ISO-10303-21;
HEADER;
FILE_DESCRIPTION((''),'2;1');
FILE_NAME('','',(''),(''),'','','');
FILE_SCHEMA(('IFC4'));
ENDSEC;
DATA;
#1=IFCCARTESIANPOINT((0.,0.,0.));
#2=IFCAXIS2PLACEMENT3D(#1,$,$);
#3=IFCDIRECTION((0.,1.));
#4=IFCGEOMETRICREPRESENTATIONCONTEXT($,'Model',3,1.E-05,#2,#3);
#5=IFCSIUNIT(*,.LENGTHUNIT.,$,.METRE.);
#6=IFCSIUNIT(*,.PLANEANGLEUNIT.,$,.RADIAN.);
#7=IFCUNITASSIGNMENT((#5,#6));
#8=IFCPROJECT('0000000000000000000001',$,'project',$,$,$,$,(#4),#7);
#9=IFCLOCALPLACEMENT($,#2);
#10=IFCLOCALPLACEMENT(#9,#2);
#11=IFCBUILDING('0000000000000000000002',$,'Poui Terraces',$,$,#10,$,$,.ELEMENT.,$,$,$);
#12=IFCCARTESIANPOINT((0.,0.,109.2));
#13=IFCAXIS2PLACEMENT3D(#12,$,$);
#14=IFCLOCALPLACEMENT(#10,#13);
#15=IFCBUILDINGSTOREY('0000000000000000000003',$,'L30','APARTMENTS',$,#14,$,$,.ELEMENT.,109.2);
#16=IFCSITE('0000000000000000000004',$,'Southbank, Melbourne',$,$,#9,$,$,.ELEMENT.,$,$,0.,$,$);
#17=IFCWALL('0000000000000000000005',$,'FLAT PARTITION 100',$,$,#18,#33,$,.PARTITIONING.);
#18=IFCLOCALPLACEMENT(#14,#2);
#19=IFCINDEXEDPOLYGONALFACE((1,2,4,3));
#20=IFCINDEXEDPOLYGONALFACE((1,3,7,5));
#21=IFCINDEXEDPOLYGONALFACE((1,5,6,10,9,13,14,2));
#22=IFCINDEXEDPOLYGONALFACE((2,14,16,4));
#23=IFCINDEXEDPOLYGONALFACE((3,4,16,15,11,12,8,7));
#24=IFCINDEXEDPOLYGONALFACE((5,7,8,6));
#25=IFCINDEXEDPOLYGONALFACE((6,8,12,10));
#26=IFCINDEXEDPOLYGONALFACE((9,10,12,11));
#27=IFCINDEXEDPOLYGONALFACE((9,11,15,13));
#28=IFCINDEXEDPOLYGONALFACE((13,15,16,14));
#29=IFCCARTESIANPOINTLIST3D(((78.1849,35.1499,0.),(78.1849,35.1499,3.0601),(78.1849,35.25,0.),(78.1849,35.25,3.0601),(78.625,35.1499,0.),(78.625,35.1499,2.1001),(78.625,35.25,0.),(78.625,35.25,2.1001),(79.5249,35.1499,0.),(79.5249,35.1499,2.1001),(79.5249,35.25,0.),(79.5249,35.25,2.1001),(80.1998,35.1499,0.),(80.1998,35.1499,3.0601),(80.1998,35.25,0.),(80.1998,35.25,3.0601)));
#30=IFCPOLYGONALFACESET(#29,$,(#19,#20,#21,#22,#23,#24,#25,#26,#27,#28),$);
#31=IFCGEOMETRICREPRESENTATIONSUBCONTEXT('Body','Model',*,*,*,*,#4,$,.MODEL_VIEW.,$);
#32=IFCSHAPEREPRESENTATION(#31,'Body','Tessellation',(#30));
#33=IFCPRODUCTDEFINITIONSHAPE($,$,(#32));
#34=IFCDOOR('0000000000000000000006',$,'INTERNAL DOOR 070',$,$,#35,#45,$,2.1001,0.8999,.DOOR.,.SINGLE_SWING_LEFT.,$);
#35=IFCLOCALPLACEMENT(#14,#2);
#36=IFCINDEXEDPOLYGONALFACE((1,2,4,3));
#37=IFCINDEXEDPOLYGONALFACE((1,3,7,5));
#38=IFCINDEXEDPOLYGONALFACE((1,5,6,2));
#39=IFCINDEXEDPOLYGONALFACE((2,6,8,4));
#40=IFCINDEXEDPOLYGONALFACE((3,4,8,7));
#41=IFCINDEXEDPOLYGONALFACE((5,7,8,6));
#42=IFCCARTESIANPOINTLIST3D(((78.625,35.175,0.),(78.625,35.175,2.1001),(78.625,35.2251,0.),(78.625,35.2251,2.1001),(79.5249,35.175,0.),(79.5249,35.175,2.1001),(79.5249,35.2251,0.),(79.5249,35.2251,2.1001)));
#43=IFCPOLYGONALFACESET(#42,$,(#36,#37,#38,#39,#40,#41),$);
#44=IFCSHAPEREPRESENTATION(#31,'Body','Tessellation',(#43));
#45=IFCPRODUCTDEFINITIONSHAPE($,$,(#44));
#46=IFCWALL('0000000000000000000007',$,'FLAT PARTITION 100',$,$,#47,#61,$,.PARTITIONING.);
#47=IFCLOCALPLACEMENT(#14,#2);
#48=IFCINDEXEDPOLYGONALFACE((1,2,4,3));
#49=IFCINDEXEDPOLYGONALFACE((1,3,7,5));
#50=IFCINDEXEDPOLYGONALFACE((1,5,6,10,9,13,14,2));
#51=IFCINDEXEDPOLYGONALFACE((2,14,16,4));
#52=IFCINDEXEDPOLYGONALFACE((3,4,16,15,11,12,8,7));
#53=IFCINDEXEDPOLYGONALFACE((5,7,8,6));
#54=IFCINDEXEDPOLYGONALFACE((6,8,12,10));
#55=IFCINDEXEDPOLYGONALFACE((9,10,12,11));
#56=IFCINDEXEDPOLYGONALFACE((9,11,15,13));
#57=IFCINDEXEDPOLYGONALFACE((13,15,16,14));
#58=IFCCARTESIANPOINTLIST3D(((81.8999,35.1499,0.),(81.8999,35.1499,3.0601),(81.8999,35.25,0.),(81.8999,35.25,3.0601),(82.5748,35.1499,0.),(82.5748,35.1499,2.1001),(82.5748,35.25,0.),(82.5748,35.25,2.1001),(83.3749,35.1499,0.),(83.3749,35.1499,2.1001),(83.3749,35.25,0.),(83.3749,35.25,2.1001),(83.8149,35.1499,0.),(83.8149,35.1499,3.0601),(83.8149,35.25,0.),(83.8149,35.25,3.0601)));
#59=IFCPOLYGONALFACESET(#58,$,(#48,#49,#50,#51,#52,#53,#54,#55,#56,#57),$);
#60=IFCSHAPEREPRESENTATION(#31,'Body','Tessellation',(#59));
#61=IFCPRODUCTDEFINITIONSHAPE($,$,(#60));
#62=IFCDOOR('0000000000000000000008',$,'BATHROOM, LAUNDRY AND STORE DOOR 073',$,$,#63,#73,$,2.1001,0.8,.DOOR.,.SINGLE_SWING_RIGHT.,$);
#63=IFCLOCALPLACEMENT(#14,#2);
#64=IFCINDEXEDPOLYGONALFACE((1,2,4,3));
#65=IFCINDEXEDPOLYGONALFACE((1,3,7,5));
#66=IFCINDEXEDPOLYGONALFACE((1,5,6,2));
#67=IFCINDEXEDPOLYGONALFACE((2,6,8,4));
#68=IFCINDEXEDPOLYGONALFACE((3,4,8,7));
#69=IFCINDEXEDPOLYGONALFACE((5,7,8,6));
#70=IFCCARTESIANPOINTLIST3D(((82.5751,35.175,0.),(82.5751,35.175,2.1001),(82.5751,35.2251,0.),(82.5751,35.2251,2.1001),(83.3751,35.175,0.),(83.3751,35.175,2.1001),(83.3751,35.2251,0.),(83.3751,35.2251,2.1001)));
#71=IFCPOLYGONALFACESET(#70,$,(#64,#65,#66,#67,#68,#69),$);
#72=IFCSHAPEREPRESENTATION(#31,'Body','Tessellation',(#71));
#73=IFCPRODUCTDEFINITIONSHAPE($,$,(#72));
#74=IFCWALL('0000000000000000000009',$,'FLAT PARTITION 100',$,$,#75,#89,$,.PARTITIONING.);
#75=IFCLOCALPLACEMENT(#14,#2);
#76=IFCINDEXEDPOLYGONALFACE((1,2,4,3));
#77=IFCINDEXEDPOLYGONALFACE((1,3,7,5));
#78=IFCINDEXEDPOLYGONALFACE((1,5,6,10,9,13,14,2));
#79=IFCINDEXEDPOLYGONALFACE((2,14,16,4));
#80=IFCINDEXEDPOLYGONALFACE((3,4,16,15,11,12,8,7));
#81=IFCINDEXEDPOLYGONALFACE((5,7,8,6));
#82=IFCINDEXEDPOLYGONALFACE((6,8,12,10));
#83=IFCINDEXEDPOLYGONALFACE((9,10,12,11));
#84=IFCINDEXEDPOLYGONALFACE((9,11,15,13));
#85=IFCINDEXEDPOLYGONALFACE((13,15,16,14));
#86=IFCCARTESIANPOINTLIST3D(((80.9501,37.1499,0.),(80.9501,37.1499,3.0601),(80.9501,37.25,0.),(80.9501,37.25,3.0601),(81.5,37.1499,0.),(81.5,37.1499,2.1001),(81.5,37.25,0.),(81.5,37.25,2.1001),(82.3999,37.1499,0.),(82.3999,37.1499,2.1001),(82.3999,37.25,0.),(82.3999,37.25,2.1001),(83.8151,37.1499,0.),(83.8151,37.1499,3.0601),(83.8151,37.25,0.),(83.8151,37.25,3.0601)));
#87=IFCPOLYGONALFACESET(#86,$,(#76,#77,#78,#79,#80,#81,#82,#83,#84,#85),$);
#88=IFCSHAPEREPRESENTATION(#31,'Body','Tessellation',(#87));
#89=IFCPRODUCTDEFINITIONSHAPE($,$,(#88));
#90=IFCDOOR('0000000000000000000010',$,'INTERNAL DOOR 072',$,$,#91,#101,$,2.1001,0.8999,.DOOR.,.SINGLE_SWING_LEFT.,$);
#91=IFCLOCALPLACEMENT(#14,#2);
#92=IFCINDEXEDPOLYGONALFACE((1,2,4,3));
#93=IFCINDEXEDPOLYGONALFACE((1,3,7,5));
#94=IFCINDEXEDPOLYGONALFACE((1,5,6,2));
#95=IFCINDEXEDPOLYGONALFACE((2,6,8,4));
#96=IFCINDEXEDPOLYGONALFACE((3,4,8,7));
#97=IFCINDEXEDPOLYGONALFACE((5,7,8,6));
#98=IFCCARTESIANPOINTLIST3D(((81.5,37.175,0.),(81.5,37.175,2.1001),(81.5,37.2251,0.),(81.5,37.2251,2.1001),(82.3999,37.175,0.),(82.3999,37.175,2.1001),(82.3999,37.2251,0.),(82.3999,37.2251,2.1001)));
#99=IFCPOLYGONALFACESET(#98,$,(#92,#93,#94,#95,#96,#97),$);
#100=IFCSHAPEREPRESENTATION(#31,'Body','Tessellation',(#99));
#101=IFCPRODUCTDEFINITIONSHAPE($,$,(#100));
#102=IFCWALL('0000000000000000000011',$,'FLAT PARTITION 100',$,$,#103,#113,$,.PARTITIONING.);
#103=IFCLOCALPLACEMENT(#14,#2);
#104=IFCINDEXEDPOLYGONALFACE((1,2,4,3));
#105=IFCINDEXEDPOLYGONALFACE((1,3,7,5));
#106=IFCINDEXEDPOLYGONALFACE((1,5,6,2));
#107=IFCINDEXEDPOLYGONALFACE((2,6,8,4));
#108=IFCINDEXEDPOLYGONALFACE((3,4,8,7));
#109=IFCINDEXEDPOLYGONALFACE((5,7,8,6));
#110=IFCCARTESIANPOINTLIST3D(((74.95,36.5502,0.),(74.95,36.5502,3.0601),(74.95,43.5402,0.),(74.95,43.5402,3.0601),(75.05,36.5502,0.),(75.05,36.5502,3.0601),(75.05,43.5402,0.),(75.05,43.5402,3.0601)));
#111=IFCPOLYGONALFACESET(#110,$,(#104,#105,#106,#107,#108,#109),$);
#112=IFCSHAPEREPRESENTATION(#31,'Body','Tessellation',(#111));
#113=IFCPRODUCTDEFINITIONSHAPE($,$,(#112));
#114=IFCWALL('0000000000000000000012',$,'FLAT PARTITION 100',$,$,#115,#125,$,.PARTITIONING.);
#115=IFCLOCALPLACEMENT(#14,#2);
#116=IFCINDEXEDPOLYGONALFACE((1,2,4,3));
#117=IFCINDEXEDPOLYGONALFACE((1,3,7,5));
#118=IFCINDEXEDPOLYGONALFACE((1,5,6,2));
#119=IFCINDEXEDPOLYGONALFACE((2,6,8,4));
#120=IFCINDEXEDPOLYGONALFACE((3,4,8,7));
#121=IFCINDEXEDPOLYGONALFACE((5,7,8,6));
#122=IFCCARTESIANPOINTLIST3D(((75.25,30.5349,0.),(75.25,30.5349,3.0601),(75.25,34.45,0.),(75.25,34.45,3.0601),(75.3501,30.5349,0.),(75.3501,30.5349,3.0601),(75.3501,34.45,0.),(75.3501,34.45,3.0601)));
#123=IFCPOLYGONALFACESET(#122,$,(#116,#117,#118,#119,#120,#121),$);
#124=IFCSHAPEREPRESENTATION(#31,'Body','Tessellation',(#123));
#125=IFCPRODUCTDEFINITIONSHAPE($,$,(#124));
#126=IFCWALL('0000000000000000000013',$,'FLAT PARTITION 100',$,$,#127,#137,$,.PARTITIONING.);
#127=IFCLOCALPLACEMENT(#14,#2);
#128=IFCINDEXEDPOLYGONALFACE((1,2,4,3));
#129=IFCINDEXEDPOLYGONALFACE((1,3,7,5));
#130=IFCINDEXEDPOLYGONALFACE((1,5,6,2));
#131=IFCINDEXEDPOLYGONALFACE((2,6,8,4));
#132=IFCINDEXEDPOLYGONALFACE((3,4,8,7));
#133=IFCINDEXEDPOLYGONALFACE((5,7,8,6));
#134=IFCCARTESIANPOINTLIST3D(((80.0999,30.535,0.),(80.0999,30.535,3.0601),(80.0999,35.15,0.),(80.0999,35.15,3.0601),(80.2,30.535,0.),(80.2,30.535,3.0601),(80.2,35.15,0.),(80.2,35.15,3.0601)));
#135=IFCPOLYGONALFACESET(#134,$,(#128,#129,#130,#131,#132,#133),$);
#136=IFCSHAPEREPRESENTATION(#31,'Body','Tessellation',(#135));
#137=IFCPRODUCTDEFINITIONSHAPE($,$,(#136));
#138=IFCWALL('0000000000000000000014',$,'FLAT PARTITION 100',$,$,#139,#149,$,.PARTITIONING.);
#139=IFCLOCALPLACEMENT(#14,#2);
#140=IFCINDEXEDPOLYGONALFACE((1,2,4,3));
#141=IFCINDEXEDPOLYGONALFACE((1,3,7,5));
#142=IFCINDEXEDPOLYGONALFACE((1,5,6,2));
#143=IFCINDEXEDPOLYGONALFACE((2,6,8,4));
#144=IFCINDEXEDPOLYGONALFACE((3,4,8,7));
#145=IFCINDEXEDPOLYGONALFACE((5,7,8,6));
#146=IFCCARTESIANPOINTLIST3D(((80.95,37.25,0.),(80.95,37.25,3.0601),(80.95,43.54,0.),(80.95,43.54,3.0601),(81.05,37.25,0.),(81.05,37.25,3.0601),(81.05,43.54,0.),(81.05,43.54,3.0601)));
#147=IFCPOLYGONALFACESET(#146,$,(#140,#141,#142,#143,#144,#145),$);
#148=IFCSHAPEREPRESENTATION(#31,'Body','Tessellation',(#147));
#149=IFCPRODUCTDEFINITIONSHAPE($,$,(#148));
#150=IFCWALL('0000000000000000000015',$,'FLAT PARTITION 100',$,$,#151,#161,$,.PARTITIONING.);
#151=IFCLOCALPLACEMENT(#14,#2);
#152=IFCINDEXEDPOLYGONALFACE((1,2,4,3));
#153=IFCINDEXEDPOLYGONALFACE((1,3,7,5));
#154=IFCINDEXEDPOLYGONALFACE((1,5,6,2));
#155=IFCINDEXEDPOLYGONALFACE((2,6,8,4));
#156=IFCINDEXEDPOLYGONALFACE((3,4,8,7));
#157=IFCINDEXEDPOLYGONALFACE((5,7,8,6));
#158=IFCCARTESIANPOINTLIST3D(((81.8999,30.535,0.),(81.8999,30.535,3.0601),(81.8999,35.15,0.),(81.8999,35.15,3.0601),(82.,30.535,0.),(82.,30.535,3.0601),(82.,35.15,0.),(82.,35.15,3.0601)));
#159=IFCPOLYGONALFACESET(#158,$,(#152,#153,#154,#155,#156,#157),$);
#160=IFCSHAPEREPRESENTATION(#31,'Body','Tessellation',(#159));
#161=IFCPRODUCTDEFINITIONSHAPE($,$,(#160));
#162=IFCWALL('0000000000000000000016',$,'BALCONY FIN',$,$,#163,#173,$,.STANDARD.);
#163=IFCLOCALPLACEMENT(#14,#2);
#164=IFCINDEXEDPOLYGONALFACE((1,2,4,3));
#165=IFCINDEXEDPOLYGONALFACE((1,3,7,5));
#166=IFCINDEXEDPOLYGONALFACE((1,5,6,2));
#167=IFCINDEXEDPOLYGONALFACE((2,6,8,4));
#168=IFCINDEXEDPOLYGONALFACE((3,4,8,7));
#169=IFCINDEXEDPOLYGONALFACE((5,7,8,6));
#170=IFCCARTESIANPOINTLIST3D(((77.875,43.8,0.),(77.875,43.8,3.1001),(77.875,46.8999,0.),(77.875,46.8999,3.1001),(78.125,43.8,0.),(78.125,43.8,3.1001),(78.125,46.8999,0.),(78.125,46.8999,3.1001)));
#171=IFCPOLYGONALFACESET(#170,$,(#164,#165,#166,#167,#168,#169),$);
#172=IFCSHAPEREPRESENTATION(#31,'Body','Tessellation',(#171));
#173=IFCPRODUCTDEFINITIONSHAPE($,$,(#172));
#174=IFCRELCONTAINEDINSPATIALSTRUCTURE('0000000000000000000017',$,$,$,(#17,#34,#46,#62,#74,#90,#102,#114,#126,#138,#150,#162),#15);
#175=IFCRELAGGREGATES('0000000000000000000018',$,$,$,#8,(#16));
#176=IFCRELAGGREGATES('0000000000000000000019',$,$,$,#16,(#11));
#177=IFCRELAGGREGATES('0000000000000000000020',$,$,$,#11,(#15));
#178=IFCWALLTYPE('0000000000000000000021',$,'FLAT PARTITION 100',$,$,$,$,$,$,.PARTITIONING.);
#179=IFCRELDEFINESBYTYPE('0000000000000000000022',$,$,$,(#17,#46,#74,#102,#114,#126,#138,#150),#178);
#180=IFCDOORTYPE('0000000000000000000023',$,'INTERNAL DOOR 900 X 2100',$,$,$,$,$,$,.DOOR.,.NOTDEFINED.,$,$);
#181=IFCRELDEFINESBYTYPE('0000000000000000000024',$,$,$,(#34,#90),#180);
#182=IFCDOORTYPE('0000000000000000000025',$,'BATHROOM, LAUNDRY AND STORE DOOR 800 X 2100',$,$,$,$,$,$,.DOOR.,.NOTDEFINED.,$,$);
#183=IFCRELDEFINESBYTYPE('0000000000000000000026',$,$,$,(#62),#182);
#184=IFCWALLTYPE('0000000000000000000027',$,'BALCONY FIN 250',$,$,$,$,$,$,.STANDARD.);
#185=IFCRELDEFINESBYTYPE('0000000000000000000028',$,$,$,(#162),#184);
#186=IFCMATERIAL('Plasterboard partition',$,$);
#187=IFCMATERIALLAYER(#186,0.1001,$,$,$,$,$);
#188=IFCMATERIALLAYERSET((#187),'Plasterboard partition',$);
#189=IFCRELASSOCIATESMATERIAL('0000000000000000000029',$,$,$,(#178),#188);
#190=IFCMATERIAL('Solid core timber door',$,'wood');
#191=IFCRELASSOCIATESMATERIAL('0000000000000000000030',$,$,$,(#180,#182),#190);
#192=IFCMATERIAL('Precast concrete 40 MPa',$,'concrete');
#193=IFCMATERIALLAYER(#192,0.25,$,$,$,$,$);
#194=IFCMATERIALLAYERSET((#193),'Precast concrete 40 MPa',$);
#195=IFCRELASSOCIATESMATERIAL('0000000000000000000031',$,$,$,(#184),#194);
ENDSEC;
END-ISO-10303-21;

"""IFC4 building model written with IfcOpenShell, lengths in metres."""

from ifc_helpers import new_model, si_unit, direction, frame, frame_2d, origin, place, context, subcontext, project, spatial, polyline, rectangle, outline, extrude, source, transform, mapped, material, layer, layer_set, type_object, element, fill, save


model = new_model("IFC4")

# Units and contexts
model_context = context("Model", 3, precision=1e-05, world=origin(), true_north=direction((0.0, 1.0)))
body_context = subcontext(model_context, "Body", "Model", "MODEL_VIEW")
ifc_project = project(units=[si_unit("LENGTHUNIT", "METRE"), si_unit("PLANEANGLEUNIT", "RADIAN")], contexts=[model_context])

# Site, building, storey
site_placement = place(None, origin())
site = spatial("IfcSite", under=ifc_project, at=site_placement, Name="Southbank, Melbourne", CompositionType="ELEMENT", RefElevation=0.0)
building_placement = place(site_placement, origin())
building = spatial("IfcBuilding", under=site, at=building_placement, Name="Poui Terraces", CompositionType="ELEMENT")
storey_placement = place(building_placement, frame((0.0, 0.0, 109.2)))
storey = spatial("IfcBuildingStorey", under=building, at=storey_placement, Name="L30", Description="APARTMENTS", CompositionType="ELEMENT", Elevation=109.2)

# Walls, openings, doors
ifc_material_1 = material(Name="Plasterboard partition")
ifc_layer_1 = layer(ifc_material_1, 0.1001)
ifc_layer_set_1 = layer_set([ifc_layer_1], Name="Plasterboard partition")
wall_type_1 = type_object("IfcWallType", Name="FLAT PARTITION 100", PredefinedType="PARTITIONING", material=ifc_layer_set_1)
wall_1_placement = place(storey_placement, frame((78.1851, 35.2, 0.0), z_axis=(0.0, 0.0, 1.0), x_axis=(1.0, 0.0, 0.0)))
wall_1 = element("IfcWall", 1, at=wall_1_placement, inside=storey, type_object=wall_type_1, Name="FLAT PARTITION 100", PredefinedType="PARTITIONING", context=body_context, shape_type="SweptSolid", body=[
    extrude(rectangle(XDim=2.0149, YDim=0.1001, at=frame_2d((1.0073, 0.0))), origin(), (0.0, 0.0, 1.0), 3.0601),
])
opening_1_placement = place(wall_1_placement, frame((0.4399, 0.0, 0.0)))
opening_1 = element("IfcOpeningElement", 2, at=opening_1_placement, cuts=wall_1, PredefinedType="OPENING", context=body_context, shape_type="SweptSolid", body=[
    extrude(rectangle(XDim=0.8999, YDim=2.1001, at=frame_2d((0.45, 1.05))), frame((0.0, 0.0601, 0.0), z_axis=(0.0, -1.0, 0.0), x_axis=(1.0, 0.0, 0.0)), (0.0, 0.0, 1.0), 0.1201),
])
ifc_material_2 = material(Name="Solid core timber door", Category="wood")
door_type_1 = type_object("IfcDoorType", Name="INTERNAL DOOR 900 X 2100", OperationType="NOTDEFINED", PredefinedType="DOOR", material=ifc_material_2)
door_1_placement = place(opening_1_placement, frame((0.8999, 0.0, 0.0), z_axis=(0.0, 0.0, 1.0), x_axis=(-1.0, 0.0, 0.0)))
door_1 = element("IfcDoor", 3, at=door_1_placement, inside=storey, type_object=door_type_1, Name="INTERNAL DOOR 070", OperationType="SINGLE_SWING_LEFT", OverallHeight=2.1001, OverallWidth=0.8999, PredefinedType="DOOR", context=body_context, shape_type="SweptSolid", body=[
    extrude(rectangle(XDim=0.8999, YDim=2.1001, at=frame_2d((0.45, 1.05))), frame((0.0, 0.0249, 0.0), z_axis=(0.0, -1.0, 0.0), x_axis=(1.0, 0.0, 0.0)), (0.0, 0.0, 1.0), 0.05),
])
fill(opening_1, door_1)
wall_2_placement = place(storey_placement, frame((81.8999, 35.2, 0.0), z_axis=(0.0, 0.0, 1.0), x_axis=(1.0, 0.0, 0.0)))
wall_2 = element("IfcWall", 4, at=wall_2_placement, inside=storey, type_object=wall_type_1, Name="FLAT PARTITION 100", PredefinedType="PARTITIONING", context=body_context, shape_type="SweptSolid", body=[
    extrude(rectangle(XDim=1.915, YDim=0.1001, at=frame_2d((0.9575, 0.0))), origin(), (0.0, 0.0, 1.0), 3.0601),
])
opening_2_placement = place(wall_2_placement, frame((0.675, 0.0, 0.0)))
opening_2 = element("IfcOpeningElement", 5, at=opening_2_placement, cuts=wall_2, PredefinedType="OPENING", context=body_context, shape_type="SweptSolid", body=[
    extrude(rectangle(XDim=0.8, YDim=2.1001, at=frame_2d((0.3999, 1.05))), frame((0.0, 0.0601, 0.0), z_axis=(0.0, -1.0, 0.0), x_axis=(1.0, 0.0, 0.0)), (0.0, 0.0, 1.0), 0.1201),
])
door_type_2 = type_object("IfcDoorType", Name="BATHROOM, LAUNDRY AND STORE DOOR 800 X 2100", OperationType="NOTDEFINED", PredefinedType="DOOR", material=ifc_material_2)
door_2_placement = place(opening_2_placement, frame((0.8, 0.0, 0.0), z_axis=(0.0, 0.0, 1.0), x_axis=(-1.0, 0.0, 0.0)))
door_2 = element("IfcDoor", 6, at=door_2_placement, inside=storey, type_object=door_type_2, Name="BATHROOM, LAUNDRY AND STORE DOOR 073", OperationType="SINGLE_SWING_RIGHT", OverallHeight=2.1001, OverallWidth=0.8, PredefinedType="DOOR", context=body_context, shape_type="SweptSolid", body=[
    extrude(rectangle(XDim=0.8, YDim=2.1001, at=frame_2d((0.3999, 1.05))), frame((0.0, 0.0249, 0.0), z_axis=(0.0, -1.0, 0.0), x_axis=(1.0, 0.0, 0.0)), (0.0, 0.0, 1.0), 0.05),
])
fill(opening_2, door_2)
wall_3_placement = place(storey_placement, frame((80.95, 37.2, 0.0), z_axis=(0.0, 0.0, 1.0), x_axis=(1.0, 0.0, 0.0)))
wall_3 = element("IfcWall", 7, at=wall_3_placement, inside=storey, type_object=wall_type_1, Name="FLAT PARTITION 100", PredefinedType="PARTITIONING", context=body_context, shape_type="SweptSolid", body=[
    extrude(rectangle(XDim=2.865, YDim=0.1001, at=frame_2d((1.4326, 0.0))), origin(), (0.0, 0.0, 1.0), 3.0601),
])
opening_3_placement = place(wall_3_placement, frame((0.55, 0.0, 0.0)))
opening_3 = element("IfcOpeningElement", 8, at=opening_3_placement, cuts=wall_3, PredefinedType="OPENING", context=body_context, shape_type="SweptSolid", body=[
    extrude(rectangle(XDim=0.8999, YDim=2.1001, at=frame_2d((0.45, 1.05))), frame((0.0, 0.0601, 0.0), z_axis=(0.0, -1.0, 0.0), x_axis=(1.0, 0.0, 0.0)), (0.0, 0.0, 1.0), 0.1201),
])
door_3_placement = place(opening_3_placement, frame((0.8999, 0.0, 0.0), z_axis=(0.0, 0.0, 1.0), x_axis=(-1.0, 0.0, 0.0)))
door_3 = element("IfcDoor", 9, at=door_3_placement, inside=storey, type_object=door_type_1, Name="INTERNAL DOOR 072", OperationType="SINGLE_SWING_LEFT", OverallHeight=2.1001, OverallWidth=0.8999, PredefinedType="DOOR", context=body_context, shape_type="SweptSolid", body=[
    extrude(rectangle(XDim=0.8999, YDim=2.1001, at=frame_2d((0.45, 1.05))), frame((0.0, 0.0249, 0.0), z_axis=(0.0, -1.0, 0.0), x_axis=(1.0, 0.0, 0.0)), (0.0, 0.0, 1.0), 0.05),
])
fill(opening_3, door_3)

# Walls
wall_4_placement = place(storey_placement, frame((75.0, 36.55, 0.0), z_axis=(0.0, 0.0, 1.0), x_axis=(0.0, 1.0, 0.0)))
element("IfcWall", 10, at=wall_4_placement, inside=storey, type_object=wall_type_1, Name="FLAT PARTITION 100", PredefinedType="PARTITIONING", context=body_context, shape_type="SweptSolid", body=[
    extrude(rectangle(XDim=6.99, YDim=0.1001, at=frame_2d((3.4951, 0.0))), origin(), (0.0, 0.0, 1.0), 3.0601),
])
wall_5_placement = place(storey_placement, frame((75.3, 30.5349, 0.0), z_axis=(0.0, 0.0, 1.0), x_axis=(0.0, 1.0, 0.0)))
element("IfcWall", 11, at=wall_5_placement, inside=storey, type_object=wall_type_1, Name="FLAT PARTITION 100", PredefinedType="PARTITIONING", context=body_context, shape_type="SweptSolid", body=[
    extrude(rectangle(XDim=3.915, YDim=0.1001, at=frame_2d((1.9575, 0.0))), origin(), (0.0, 0.0, 1.0), 3.0601),
])
wall_6_placement = place(storey_placement, frame((80.1499, 30.5349, 0.0), z_axis=(0.0, 0.0, 1.0), x_axis=(0.0, 1.0, 0.0)))
element("IfcWall", 12, at=wall_6_placement, inside=storey, type_object=wall_type_1, Name="FLAT PARTITION 100", PredefinedType="PARTITIONING", context=body_context, shape_type="SweptSolid", body=[
    extrude(rectangle(XDim=4.615, YDim=0.1001, at=frame_2d((2.3076, 0.0))), origin(), (0.0, 0.0, 1.0), 3.0601),
])
wall_7_placement = place(storey_placement, frame((81.0, 37.25, 0.0), z_axis=(0.0, 0.0, 1.0), x_axis=(0.0, 1.0, 0.0)))
element("IfcWall", 13, at=wall_7_placement, inside=storey, type_object=wall_type_1, Name="FLAT PARTITION 100", PredefinedType="PARTITIONING", context=body_context, shape_type="SweptSolid", body=[
    extrude(rectangle(XDim=6.29, YDim=0.1001, at=frame_2d((3.145, 0.0))), origin(), (0.0, 0.0, 1.0), 3.0601),
])
wall_8_placement = place(storey_placement, frame((81.95, 30.5349, 0.0), z_axis=(0.0, 0.0, 1.0), x_axis=(0.0, 1.0, 0.0)))
element("IfcWall", 14, at=wall_8_placement, inside=storey, type_object=wall_type_1, Name="FLAT PARTITION 100", PredefinedType="PARTITIONING", context=body_context, shape_type="SweptSolid", body=[
    extrude(rectangle(XDim=4.615, YDim=0.1001, at=frame_2d((2.3076, 0.0))), origin(), (0.0, 0.0, 1.0), 3.0601),
])
ifc_material_3 = material(Name="Precast concrete 40 MPa", Category="concrete")
ifc_layer_2 = layer(ifc_material_3, 0.25)
ifc_layer_set_2 = layer_set([ifc_layer_2], Name="Precast concrete 40 MPa")
wall_type_2 = type_object("IfcWallType", Name="BALCONY FIN 250", PredefinedType="STANDARD", material=ifc_layer_set_2)
shared_shape_1 = source(origin(), body_context, "Body", "SweptSolid", [
    extrude(outline(polyline([(0.0, 0.0), (0.25, 0.0), (0.25, 3.0999), (0.0, 3.0999), (0.0, 0.0)])), origin(), (0.0, 0.0, 1.0), 3.1001),
])
for number, where, name in (
    (15, (77.875, 43.8, 0.0), "BALCONY FIN"),
):
    element("IfcWall", number, at=place(storey_placement, frame(where)), inside=storey, type_object=wall_type_2, Name=name, PredefinedType="STANDARD", context=body_context, shape_type="MappedRepresentation", body=[
        mapped(shared_shape_1, transform((0.0, 0.0, 0.0))),
    ])

save(model, "model.ifc")
